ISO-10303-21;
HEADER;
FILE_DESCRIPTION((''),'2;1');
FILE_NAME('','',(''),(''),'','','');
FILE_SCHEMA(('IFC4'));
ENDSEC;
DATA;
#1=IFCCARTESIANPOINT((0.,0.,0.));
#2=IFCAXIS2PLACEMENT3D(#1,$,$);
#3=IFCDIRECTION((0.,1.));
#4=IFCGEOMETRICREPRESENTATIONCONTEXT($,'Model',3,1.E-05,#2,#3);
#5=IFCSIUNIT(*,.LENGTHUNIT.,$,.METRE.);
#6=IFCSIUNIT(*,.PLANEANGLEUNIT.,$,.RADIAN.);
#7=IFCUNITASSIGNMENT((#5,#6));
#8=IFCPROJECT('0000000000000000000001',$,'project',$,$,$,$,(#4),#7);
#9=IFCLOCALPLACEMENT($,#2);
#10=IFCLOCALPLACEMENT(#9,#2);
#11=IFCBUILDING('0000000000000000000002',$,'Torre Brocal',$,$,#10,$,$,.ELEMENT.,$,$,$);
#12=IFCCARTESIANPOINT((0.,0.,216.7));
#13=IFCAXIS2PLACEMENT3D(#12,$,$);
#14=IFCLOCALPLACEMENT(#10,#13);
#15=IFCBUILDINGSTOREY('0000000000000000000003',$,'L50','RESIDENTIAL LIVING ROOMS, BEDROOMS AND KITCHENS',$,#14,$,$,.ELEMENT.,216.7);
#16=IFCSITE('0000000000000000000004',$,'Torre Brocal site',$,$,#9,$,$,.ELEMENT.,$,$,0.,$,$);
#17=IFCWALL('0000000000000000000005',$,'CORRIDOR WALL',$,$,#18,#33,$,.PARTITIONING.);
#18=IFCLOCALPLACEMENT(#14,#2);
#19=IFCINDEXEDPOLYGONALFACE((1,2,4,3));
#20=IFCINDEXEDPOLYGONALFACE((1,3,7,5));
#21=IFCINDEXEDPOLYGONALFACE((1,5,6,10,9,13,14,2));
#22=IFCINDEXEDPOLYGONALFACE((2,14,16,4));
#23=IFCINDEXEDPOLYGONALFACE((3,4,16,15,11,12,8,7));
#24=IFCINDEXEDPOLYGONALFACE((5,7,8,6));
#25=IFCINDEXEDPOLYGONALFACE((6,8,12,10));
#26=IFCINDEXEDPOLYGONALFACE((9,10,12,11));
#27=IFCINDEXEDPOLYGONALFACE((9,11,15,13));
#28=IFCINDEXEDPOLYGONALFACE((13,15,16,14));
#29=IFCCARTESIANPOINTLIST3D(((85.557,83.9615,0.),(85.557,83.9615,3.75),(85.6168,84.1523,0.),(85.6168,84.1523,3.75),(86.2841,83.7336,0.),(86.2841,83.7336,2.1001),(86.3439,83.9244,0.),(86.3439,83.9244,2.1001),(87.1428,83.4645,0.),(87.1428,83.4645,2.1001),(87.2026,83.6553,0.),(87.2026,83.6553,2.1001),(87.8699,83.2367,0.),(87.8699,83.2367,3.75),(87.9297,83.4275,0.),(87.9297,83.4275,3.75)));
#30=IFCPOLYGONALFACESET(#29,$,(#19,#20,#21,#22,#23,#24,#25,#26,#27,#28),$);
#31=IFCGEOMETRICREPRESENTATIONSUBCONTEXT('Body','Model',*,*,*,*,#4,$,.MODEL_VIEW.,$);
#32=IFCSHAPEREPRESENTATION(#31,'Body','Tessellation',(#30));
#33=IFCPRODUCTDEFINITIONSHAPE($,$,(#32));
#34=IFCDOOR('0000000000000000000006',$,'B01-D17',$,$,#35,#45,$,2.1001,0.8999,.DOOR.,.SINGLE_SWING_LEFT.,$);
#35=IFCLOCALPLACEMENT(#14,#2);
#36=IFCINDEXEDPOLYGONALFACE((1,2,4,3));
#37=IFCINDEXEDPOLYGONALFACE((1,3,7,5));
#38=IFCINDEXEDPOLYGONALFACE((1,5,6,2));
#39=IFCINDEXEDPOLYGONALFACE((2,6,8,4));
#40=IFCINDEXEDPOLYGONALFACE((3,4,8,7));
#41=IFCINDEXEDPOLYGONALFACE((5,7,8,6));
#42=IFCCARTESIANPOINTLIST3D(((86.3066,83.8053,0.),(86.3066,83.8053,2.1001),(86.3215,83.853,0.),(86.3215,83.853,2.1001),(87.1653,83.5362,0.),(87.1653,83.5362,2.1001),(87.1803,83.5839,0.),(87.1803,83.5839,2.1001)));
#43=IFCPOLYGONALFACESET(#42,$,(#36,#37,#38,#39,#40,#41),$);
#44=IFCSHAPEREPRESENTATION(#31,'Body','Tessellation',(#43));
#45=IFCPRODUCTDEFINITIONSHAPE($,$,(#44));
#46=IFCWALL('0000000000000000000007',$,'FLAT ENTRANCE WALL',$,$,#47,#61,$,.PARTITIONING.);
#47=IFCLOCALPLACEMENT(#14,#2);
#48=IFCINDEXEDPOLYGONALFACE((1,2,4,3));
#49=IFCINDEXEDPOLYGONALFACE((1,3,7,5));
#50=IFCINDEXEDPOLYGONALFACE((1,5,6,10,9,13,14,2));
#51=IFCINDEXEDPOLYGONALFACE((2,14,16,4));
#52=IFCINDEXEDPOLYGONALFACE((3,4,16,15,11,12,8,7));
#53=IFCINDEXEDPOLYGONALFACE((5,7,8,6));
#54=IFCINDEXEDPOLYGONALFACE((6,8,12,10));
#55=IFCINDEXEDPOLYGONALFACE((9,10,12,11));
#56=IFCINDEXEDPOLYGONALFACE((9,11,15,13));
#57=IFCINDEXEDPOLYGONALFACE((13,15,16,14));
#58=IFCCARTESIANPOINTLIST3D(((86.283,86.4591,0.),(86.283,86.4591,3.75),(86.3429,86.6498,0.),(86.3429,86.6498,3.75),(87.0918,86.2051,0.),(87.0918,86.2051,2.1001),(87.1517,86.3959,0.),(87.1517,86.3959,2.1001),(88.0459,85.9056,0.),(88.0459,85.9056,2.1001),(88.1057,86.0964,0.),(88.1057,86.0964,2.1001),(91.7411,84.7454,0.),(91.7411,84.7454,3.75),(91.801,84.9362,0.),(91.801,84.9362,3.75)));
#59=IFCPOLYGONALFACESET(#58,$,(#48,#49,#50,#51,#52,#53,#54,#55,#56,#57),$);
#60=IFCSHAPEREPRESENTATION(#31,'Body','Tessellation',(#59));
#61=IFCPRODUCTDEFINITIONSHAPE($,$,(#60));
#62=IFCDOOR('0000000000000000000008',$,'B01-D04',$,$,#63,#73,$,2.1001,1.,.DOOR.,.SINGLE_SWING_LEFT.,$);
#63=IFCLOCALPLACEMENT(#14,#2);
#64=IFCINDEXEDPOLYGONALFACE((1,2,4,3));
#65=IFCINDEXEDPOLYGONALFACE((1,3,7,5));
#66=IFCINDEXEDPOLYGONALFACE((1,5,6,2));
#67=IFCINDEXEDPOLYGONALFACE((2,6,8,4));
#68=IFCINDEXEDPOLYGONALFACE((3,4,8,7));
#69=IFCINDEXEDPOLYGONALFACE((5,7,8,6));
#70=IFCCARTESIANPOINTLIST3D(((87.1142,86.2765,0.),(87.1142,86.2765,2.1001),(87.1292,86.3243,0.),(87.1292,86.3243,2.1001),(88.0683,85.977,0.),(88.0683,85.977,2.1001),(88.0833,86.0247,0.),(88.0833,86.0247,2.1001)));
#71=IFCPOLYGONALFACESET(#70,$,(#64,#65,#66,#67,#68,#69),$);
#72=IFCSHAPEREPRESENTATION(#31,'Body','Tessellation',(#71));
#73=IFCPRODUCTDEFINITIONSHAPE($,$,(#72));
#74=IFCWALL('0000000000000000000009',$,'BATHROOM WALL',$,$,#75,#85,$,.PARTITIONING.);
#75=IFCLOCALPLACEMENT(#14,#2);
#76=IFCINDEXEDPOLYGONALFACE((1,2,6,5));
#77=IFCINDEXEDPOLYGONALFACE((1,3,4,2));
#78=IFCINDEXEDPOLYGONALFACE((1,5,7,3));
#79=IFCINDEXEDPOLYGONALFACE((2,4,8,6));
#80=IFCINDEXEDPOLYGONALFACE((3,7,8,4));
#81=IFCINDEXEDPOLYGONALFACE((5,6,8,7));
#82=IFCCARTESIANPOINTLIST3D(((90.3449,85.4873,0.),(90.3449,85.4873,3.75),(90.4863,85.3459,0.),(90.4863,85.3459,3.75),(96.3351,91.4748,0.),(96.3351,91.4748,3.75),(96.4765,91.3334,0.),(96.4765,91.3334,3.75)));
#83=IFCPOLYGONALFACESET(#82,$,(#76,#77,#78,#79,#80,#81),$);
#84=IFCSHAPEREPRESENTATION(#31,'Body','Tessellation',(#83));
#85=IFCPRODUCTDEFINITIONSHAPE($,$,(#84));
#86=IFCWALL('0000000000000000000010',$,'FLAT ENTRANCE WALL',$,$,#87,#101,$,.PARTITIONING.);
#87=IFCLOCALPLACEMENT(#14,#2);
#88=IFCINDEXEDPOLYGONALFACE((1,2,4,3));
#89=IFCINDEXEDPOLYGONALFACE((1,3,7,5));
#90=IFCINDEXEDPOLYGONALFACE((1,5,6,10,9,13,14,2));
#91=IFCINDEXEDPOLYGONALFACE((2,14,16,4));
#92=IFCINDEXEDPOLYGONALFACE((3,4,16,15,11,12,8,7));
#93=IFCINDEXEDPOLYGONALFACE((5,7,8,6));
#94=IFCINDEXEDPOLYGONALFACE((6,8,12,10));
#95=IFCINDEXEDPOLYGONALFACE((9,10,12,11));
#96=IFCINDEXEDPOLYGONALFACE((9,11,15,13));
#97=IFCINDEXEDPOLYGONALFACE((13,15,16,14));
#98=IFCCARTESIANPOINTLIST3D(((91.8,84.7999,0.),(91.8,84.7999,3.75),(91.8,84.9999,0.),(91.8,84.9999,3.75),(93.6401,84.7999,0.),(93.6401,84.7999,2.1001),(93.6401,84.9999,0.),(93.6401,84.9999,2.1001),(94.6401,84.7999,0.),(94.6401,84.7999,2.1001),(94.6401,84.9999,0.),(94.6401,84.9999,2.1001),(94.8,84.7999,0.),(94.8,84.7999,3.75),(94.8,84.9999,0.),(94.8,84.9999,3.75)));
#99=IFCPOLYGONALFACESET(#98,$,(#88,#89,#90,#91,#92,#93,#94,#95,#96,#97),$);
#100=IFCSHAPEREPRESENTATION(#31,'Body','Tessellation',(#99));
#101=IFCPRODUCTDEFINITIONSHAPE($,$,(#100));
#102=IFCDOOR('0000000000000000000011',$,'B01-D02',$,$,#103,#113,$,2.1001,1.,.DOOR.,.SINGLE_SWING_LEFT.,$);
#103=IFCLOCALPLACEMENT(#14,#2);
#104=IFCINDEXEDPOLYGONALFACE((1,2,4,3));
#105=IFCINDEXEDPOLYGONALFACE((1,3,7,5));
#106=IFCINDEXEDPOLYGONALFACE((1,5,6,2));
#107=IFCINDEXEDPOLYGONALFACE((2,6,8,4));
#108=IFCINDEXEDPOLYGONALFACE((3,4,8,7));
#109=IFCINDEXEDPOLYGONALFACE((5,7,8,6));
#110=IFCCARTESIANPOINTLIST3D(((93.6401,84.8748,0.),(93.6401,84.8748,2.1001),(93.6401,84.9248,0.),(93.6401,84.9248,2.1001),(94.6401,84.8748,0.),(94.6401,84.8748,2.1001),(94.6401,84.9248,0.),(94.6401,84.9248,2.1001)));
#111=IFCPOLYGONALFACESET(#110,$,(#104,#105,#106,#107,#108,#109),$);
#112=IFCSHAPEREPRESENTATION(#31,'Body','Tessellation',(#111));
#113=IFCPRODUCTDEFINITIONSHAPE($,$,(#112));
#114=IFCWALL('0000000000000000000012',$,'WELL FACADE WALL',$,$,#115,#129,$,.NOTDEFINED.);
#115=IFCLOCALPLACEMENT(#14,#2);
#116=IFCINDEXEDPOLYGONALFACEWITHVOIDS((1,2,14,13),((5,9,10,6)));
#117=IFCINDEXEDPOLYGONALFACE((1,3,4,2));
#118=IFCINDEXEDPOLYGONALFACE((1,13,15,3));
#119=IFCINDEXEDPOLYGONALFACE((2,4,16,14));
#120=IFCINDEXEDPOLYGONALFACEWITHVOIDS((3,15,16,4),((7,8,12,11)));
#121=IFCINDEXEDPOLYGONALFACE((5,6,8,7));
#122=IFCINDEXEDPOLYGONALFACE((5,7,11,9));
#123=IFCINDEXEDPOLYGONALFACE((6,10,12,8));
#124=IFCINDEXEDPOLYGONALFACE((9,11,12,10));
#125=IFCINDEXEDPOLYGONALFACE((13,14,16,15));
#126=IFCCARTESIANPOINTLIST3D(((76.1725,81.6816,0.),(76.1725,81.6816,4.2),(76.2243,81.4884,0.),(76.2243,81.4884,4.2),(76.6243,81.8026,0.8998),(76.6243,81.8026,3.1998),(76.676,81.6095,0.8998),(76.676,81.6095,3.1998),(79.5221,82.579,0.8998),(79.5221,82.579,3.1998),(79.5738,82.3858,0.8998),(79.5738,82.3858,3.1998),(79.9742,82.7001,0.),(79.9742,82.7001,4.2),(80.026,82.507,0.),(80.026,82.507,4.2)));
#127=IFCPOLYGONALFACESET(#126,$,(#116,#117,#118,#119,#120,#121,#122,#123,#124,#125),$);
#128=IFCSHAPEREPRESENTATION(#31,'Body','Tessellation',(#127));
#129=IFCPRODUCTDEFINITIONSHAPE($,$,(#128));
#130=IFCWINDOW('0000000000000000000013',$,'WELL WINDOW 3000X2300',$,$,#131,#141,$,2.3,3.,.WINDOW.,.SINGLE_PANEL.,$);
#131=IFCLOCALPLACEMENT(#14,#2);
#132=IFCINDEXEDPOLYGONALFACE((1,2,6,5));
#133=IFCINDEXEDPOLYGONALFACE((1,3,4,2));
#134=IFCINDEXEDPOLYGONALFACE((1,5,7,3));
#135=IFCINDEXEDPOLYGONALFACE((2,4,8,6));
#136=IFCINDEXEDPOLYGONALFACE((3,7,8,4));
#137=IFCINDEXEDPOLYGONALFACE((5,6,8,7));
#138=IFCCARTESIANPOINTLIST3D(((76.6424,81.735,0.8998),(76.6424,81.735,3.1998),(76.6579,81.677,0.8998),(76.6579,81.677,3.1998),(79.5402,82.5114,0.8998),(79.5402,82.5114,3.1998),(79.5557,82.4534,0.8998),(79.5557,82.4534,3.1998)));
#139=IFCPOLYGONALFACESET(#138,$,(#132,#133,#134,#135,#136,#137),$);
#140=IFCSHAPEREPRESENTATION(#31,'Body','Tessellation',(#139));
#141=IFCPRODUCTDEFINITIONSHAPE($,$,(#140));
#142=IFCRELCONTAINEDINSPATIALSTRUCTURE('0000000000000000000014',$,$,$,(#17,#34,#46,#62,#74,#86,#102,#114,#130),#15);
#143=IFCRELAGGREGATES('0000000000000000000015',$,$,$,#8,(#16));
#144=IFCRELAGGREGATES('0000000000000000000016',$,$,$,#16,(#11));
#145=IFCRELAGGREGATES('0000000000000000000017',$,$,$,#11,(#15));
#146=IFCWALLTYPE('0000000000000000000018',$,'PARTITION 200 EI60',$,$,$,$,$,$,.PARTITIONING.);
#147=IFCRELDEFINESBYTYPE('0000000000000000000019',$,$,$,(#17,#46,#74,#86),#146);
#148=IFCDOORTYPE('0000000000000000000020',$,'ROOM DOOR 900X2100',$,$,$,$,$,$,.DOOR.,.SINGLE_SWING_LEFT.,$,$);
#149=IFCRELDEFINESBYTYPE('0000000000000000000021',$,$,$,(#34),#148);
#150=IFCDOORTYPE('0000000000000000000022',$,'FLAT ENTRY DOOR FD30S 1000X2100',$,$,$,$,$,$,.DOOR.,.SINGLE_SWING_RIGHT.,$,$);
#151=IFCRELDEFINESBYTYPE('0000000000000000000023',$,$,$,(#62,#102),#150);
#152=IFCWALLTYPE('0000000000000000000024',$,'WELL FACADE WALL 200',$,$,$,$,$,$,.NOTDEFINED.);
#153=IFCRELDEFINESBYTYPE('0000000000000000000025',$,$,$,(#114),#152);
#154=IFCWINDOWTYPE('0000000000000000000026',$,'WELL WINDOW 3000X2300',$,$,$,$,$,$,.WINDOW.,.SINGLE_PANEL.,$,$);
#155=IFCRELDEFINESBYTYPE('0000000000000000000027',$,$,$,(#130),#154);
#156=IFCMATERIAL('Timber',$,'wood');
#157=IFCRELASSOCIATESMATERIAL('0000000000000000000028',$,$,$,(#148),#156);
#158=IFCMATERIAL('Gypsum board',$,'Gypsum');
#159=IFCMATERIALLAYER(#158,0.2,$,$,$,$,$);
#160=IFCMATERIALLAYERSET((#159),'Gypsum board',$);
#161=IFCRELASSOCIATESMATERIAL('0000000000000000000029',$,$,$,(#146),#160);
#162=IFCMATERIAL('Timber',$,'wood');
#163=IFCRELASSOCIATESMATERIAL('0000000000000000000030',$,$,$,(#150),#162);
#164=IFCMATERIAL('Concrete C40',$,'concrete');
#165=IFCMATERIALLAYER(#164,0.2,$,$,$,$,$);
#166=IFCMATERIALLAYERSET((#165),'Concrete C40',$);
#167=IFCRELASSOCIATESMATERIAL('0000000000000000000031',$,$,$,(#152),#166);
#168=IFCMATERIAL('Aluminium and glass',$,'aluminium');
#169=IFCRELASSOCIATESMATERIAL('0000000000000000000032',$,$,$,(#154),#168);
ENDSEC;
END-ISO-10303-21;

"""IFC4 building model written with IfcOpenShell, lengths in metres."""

from ifc_helpers import new_model, si_unit, direction, frame, frame_2d, origin, place, context, subcontext, project, spatial, rectangle, extrude, material, layer, layer_set, type_object, element, fill, save


model = new_model("IFC4")

# Units and contexts
model_context = context("Model", 3, precision=1e-05, world=origin(), true_north=direction((0.0, 1.0)))
body_context = subcontext(model_context, "Body", "Model", "MODEL_VIEW")
ifc_project = project(units=[si_unit("LENGTHUNIT", "METRE"), si_unit("PLANEANGLEUNIT", "RADIAN")], contexts=[model_context])

# Site, building, storey
site_placement = place(None, origin())
site = spatial("IfcSite", under=ifc_project, at=site_placement, Name="Torre Brocal site", CompositionType="ELEMENT", RefElevation=0.0)
building_placement = place(site_placement, origin())
building = spatial("IfcBuilding", under=site, at=building_placement, Name="Torre Brocal", CompositionType="ELEMENT")
storey_placement = place(building_placement, frame((0.0, 0.0, 216.7)))
storey = spatial("IfcBuildingStorey", under=building, at=storey_placement, Name="L50", Description="RESIDENTIAL LIVING ROOMS, BEDROOMS AND KITCHENS", CompositionType="ELEMENT", Elevation=216.7)

# Shared definitions
ifc_material_1 = material(Name="Timber", Category="wood")
door_type_1 = type_object("IfcDoorType", Name="ROOM DOOR 900X2100", OperationType="SINGLE_SWING_LEFT", PredefinedType="DOOR", material=ifc_material_1)

# Walls, openings, doors
ifc_material_2 = material(Name="Gypsum board", Category="Gypsum")
ifc_layer_1 = layer(ifc_material_2, 0.2)
ifc_layer_set_1 = layer_set([ifc_layer_1], Name="Gypsum board")
wall_type_1 = type_object("IfcWallType", Name="PARTITION 200 EI60", PredefinedType="PARTITIONING", material=ifc_layer_set_1)
wall_1_placement = place(storey_placement, frame((85.5869, 84.0569, 0.0), z_axis=(0.0, 0.0, 1.0), x_axis=(0.95424, -0.299043, 0.0)))
wall_1 = element("IfcWall", 1, at=wall_1_placement, inside=storey, type_object=wall_type_1, Name="CORRIDOR WALL", PredefinedType="PARTITIONING", context=body_context, shape_type="SweptSolid", body=[
    extrude(rectangle(XDim=2.4238, YDim=0.2, at=frame_2d((1.2119, 0.0))), origin(), (0.0, 0.0, 1.0), 3.75),
])
opening_1_placement = place(wall_1_placement, frame((0.762, 0.0, 0.0)))
opening_1 = element("IfcOpeningElement", 2, at=opening_1_placement, cuts=wall_1, PredefinedType="OPENING", context=body_context, shape_type="SweptSolid", body=[
    extrude(rectangle(XDim=0.8999, YDim=2.1001, at=frame_2d((0.45, 1.05))), frame((0.0, 0.1099, 0.0), z_axis=(0.0, -1.0, 0.0), x_axis=(1.0, 0.0, 0.0)), (0.0, 0.0, 1.0), 0.22),
])
door_1_placement = place(opening_1_placement, frame((0.8999, 0.0, 0.0), z_axis=(0.0, 0.0, 1.0), x_axis=(-1.0, 0.0, 0.0)))
door_1 = element("IfcDoor", 3, at=door_1_placement, inside=storey, type_object=door_type_1, Name="B01-D17", OperationType="SINGLE_SWING_LEFT", OverallHeight=2.1001, OverallWidth=0.8999, PredefinedType="DOOR", context=body_context, shape_type="SweptSolid", body=[
    extrude(rectangle(XDim=0.8999, YDim=2.1001, at=frame_2d((0.45, 1.05))), frame((0.0, 0.0249, 0.0), z_axis=(0.0, -1.0, 0.0), x_axis=(1.0, 0.0, 0.0)), (0.0, 0.0, 1.0), 0.05),
])
fill(opening_1, door_1)
wall_2_placement = place(storey_placement, frame((86.313, 86.5544, 0.0), z_axis=(0.0, 0.0, 1.0), x_axis=(0.954081, -0.299548, 0.0)))
wall_2 = element("IfcWall", 4, at=wall_2_placement, inside=storey, type_object=wall_type_1, Name="FLAT ENTRANCE WALL", PredefinedType="PARTITIONING", context=body_context, shape_type="SweptSolid", body=[
    extrude(rectangle(XDim=5.7207, YDim=0.2, at=frame_2d((2.8604, 0.0))), origin(), (0.0, 0.0, 1.0), 3.75),
])
opening_2_placement = place(wall_2_placement, frame((0.8477, 0.0, 0.0)))
opening_2 = element("IfcOpeningElement", 5, at=opening_2_placement, cuts=wall_2, PredefinedType="OPENING", context=body_context, shape_type="SweptSolid", body=[
    extrude(rectangle(XDim=1.0, YDim=2.1001, at=frame_2d((0.5, 1.05))), frame((0.0, 0.1099, 0.0), z_axis=(0.0, -1.0, 0.0), x_axis=(1.0, 0.0, 0.0)), (0.0, 0.0, 1.0), 0.22),
])
ifc_material_3 = material(Name="Timber", Category="wood")
door_type_2 = type_object("IfcDoorType", Name="FLAT ENTRY DOOR FD30S 1000X2100", OperationType="SINGLE_SWING_RIGHT", PredefinedType="DOOR", material=ifc_material_3)
door_2_placement = place(opening_2_placement, origin())
door_2 = element("IfcDoor", 6, at=door_2_placement, inside=storey, type_object=door_type_2, Name="B01-D04", OperationType="SINGLE_SWING_LEFT", OverallHeight=2.1001, OverallWidth=1.0, PredefinedType="DOOR", context=body_context, shape_type="SweptSolid", body=[
    extrude(rectangle(XDim=1.0, YDim=2.1001, at=frame_2d((0.5, 1.05))), frame((0.0, 0.0249, 0.0), z_axis=(0.0, -1.0, 0.0), x_axis=(1.0, 0.0, 0.0)), (0.0, 0.0, 1.0), 0.05),
])
fill(opening_2, door_2)

# Wall
wall_3_placement = place(storey_placement, frame((90.4155, 85.4165, 0.0), z_axis=(0.0, 0.0, 1.0), x_axis=(0.707265, 0.706948, 0.0)))
element("IfcWall", 7, at=wall_3_placement, inside=storey, type_object=wall_type_1, Name="BATHROOM WALL", PredefinedType="PARTITIONING", context=body_context, shape_type="SweptSolid", body=[
    extrude(rectangle(XDim=8.4695, YDim=0.2, at=frame_2d((4.2349, 0.0))), origin(), (0.0, 0.0, 1.0), 3.75),
])

# Wall, opening, door
wall_4_placement = place(storey_placement, frame((91.8, 84.8999, 0.0), z_axis=(0.0, 0.0, 1.0), x_axis=(1.0, 0.0, 0.0)))
wall_4 = element("IfcWall", 8, at=wall_4_placement, inside=storey, type_object=wall_type_1, Name="FLAT ENTRANCE WALL", PredefinedType="PARTITIONING", context=body_context, shape_type="SweptSolid", body=[
    extrude(rectangle(XDim=3.0, YDim=0.2, at=frame_2d((1.5, 0.0))), origin(), (0.0, 0.0, 1.0), 3.75),
])
opening_3_placement = place(wall_4_placement, frame((1.8401, 0.0, 0.0)))
opening_3 = element("IfcOpeningElement", 9, at=opening_3_placement, cuts=wall_4, PredefinedType="OPENING", context=body_context, shape_type="SweptSolid", body=[
    extrude(rectangle(XDim=1.0, YDim=2.1001, at=frame_2d((0.5, 1.05))), frame((0.0, 0.1099, 0.0), z_axis=(0.0, -1.0, 0.0), x_axis=(1.0, 0.0, 0.0)), (0.0, 0.0, 1.0), 0.22),
])
door_3_placement = place(opening_3_placement, origin())
door_3 = element("IfcDoor", 10, at=door_3_placement, inside=storey, type_object=door_type_2, Name="B01-D02", OperationType="SINGLE_SWING_LEFT", OverallHeight=2.1001, OverallWidth=1.0, PredefinedType="DOOR", context=body_context, shape_type="SweptSolid", body=[
    extrude(rectangle(XDim=1.0, YDim=2.1001, at=frame_2d((0.5, 1.05))), frame((0.0, 0.0249, 0.0), z_axis=(0.0, -1.0, 0.0), x_axis=(1.0, 0.0, 0.0)), (0.0, 0.0, 1.0), 0.05),
])
fill(opening_3, door_3)

# Wall, opening, window
ifc_material_4 = material(Name="Concrete C40", Category="concrete")
ifc_layer_2 = layer(ifc_material_4, 0.2)
ifc_layer_set_2 = layer_set([ifc_layer_2], Name="Concrete C40")
wall_type_2 = type_object("IfcWallType", Name="WELL FACADE WALL 200", PredefinedType="NOTDEFINED", material=ifc_layer_set_2)
wall_5_placement = place(storey_placement, frame((80.0, 82.6035, 0.0), z_axis=(0.0, 0.0, 1.0), x_axis=(-0.965934, -0.25879, 0.0)))
wall_5 = element("IfcWall", 11, at=wall_5_placement, inside=storey, type_object=wall_type_2, Name="WELL FACADE WALL", PredefinedType="NOTDEFINED", context=body_context, shape_type="SweptSolid", body=[
    extrude(rectangle(XDim=3.9358, YDim=0.2, at=frame_2d((1.9678, 0.0))), origin(), (0.0, 0.0, 1.0), 4.2),
])
opening_4_placement = place(wall_5_placement, frame((0.468, 0.0, 0.8999)))
opening_4 = element("IfcOpeningElement", 12, at=opening_4_placement, cuts=wall_5, PredefinedType="OPENING", context=body_context, shape_type="SweptSolid", body=[
    extrude(rectangle(XDim=3.0, YDim=2.3, at=frame_2d((1.5, 1.1499))), frame((0.0, 0.1099, 0.0), z_axis=(0.0, -1.0, 0.0), x_axis=(1.0, 0.0, 0.0)), (0.0, 0.0, 1.0), 0.22),
])
ifc_material_5 = material(Name="Aluminium and glass", Category="aluminium")
window_type = type_object("IfcWindowType", Name="WELL WINDOW 3000X2300", PartitioningType="SINGLE_PANEL", PredefinedType="WINDOW", material=ifc_material_5)
window_placement = place(opening_4_placement, origin())
window = element("IfcWindow", 13, at=window_placement, inside=storey, type_object=window_type, Name="WELL WINDOW 3000X2300", OverallHeight=2.3, OverallWidth=3.0, PartitioningType="SINGLE_PANEL", PredefinedType="WINDOW", context=body_context, shape_type="SweptSolid", body=[
    extrude(rectangle(XDim=3.0, YDim=2.3, at=frame_2d((1.5, 1.1499))), frame((0.0, 0.03, 0.0), z_axis=(0.0, -1.0, 0.0), x_axis=(1.0, 0.0, 0.0)), (0.0, 0.0, 1.0), 0.0601),
])
fill(opening_4, window)

save(model, "model.ifc")
